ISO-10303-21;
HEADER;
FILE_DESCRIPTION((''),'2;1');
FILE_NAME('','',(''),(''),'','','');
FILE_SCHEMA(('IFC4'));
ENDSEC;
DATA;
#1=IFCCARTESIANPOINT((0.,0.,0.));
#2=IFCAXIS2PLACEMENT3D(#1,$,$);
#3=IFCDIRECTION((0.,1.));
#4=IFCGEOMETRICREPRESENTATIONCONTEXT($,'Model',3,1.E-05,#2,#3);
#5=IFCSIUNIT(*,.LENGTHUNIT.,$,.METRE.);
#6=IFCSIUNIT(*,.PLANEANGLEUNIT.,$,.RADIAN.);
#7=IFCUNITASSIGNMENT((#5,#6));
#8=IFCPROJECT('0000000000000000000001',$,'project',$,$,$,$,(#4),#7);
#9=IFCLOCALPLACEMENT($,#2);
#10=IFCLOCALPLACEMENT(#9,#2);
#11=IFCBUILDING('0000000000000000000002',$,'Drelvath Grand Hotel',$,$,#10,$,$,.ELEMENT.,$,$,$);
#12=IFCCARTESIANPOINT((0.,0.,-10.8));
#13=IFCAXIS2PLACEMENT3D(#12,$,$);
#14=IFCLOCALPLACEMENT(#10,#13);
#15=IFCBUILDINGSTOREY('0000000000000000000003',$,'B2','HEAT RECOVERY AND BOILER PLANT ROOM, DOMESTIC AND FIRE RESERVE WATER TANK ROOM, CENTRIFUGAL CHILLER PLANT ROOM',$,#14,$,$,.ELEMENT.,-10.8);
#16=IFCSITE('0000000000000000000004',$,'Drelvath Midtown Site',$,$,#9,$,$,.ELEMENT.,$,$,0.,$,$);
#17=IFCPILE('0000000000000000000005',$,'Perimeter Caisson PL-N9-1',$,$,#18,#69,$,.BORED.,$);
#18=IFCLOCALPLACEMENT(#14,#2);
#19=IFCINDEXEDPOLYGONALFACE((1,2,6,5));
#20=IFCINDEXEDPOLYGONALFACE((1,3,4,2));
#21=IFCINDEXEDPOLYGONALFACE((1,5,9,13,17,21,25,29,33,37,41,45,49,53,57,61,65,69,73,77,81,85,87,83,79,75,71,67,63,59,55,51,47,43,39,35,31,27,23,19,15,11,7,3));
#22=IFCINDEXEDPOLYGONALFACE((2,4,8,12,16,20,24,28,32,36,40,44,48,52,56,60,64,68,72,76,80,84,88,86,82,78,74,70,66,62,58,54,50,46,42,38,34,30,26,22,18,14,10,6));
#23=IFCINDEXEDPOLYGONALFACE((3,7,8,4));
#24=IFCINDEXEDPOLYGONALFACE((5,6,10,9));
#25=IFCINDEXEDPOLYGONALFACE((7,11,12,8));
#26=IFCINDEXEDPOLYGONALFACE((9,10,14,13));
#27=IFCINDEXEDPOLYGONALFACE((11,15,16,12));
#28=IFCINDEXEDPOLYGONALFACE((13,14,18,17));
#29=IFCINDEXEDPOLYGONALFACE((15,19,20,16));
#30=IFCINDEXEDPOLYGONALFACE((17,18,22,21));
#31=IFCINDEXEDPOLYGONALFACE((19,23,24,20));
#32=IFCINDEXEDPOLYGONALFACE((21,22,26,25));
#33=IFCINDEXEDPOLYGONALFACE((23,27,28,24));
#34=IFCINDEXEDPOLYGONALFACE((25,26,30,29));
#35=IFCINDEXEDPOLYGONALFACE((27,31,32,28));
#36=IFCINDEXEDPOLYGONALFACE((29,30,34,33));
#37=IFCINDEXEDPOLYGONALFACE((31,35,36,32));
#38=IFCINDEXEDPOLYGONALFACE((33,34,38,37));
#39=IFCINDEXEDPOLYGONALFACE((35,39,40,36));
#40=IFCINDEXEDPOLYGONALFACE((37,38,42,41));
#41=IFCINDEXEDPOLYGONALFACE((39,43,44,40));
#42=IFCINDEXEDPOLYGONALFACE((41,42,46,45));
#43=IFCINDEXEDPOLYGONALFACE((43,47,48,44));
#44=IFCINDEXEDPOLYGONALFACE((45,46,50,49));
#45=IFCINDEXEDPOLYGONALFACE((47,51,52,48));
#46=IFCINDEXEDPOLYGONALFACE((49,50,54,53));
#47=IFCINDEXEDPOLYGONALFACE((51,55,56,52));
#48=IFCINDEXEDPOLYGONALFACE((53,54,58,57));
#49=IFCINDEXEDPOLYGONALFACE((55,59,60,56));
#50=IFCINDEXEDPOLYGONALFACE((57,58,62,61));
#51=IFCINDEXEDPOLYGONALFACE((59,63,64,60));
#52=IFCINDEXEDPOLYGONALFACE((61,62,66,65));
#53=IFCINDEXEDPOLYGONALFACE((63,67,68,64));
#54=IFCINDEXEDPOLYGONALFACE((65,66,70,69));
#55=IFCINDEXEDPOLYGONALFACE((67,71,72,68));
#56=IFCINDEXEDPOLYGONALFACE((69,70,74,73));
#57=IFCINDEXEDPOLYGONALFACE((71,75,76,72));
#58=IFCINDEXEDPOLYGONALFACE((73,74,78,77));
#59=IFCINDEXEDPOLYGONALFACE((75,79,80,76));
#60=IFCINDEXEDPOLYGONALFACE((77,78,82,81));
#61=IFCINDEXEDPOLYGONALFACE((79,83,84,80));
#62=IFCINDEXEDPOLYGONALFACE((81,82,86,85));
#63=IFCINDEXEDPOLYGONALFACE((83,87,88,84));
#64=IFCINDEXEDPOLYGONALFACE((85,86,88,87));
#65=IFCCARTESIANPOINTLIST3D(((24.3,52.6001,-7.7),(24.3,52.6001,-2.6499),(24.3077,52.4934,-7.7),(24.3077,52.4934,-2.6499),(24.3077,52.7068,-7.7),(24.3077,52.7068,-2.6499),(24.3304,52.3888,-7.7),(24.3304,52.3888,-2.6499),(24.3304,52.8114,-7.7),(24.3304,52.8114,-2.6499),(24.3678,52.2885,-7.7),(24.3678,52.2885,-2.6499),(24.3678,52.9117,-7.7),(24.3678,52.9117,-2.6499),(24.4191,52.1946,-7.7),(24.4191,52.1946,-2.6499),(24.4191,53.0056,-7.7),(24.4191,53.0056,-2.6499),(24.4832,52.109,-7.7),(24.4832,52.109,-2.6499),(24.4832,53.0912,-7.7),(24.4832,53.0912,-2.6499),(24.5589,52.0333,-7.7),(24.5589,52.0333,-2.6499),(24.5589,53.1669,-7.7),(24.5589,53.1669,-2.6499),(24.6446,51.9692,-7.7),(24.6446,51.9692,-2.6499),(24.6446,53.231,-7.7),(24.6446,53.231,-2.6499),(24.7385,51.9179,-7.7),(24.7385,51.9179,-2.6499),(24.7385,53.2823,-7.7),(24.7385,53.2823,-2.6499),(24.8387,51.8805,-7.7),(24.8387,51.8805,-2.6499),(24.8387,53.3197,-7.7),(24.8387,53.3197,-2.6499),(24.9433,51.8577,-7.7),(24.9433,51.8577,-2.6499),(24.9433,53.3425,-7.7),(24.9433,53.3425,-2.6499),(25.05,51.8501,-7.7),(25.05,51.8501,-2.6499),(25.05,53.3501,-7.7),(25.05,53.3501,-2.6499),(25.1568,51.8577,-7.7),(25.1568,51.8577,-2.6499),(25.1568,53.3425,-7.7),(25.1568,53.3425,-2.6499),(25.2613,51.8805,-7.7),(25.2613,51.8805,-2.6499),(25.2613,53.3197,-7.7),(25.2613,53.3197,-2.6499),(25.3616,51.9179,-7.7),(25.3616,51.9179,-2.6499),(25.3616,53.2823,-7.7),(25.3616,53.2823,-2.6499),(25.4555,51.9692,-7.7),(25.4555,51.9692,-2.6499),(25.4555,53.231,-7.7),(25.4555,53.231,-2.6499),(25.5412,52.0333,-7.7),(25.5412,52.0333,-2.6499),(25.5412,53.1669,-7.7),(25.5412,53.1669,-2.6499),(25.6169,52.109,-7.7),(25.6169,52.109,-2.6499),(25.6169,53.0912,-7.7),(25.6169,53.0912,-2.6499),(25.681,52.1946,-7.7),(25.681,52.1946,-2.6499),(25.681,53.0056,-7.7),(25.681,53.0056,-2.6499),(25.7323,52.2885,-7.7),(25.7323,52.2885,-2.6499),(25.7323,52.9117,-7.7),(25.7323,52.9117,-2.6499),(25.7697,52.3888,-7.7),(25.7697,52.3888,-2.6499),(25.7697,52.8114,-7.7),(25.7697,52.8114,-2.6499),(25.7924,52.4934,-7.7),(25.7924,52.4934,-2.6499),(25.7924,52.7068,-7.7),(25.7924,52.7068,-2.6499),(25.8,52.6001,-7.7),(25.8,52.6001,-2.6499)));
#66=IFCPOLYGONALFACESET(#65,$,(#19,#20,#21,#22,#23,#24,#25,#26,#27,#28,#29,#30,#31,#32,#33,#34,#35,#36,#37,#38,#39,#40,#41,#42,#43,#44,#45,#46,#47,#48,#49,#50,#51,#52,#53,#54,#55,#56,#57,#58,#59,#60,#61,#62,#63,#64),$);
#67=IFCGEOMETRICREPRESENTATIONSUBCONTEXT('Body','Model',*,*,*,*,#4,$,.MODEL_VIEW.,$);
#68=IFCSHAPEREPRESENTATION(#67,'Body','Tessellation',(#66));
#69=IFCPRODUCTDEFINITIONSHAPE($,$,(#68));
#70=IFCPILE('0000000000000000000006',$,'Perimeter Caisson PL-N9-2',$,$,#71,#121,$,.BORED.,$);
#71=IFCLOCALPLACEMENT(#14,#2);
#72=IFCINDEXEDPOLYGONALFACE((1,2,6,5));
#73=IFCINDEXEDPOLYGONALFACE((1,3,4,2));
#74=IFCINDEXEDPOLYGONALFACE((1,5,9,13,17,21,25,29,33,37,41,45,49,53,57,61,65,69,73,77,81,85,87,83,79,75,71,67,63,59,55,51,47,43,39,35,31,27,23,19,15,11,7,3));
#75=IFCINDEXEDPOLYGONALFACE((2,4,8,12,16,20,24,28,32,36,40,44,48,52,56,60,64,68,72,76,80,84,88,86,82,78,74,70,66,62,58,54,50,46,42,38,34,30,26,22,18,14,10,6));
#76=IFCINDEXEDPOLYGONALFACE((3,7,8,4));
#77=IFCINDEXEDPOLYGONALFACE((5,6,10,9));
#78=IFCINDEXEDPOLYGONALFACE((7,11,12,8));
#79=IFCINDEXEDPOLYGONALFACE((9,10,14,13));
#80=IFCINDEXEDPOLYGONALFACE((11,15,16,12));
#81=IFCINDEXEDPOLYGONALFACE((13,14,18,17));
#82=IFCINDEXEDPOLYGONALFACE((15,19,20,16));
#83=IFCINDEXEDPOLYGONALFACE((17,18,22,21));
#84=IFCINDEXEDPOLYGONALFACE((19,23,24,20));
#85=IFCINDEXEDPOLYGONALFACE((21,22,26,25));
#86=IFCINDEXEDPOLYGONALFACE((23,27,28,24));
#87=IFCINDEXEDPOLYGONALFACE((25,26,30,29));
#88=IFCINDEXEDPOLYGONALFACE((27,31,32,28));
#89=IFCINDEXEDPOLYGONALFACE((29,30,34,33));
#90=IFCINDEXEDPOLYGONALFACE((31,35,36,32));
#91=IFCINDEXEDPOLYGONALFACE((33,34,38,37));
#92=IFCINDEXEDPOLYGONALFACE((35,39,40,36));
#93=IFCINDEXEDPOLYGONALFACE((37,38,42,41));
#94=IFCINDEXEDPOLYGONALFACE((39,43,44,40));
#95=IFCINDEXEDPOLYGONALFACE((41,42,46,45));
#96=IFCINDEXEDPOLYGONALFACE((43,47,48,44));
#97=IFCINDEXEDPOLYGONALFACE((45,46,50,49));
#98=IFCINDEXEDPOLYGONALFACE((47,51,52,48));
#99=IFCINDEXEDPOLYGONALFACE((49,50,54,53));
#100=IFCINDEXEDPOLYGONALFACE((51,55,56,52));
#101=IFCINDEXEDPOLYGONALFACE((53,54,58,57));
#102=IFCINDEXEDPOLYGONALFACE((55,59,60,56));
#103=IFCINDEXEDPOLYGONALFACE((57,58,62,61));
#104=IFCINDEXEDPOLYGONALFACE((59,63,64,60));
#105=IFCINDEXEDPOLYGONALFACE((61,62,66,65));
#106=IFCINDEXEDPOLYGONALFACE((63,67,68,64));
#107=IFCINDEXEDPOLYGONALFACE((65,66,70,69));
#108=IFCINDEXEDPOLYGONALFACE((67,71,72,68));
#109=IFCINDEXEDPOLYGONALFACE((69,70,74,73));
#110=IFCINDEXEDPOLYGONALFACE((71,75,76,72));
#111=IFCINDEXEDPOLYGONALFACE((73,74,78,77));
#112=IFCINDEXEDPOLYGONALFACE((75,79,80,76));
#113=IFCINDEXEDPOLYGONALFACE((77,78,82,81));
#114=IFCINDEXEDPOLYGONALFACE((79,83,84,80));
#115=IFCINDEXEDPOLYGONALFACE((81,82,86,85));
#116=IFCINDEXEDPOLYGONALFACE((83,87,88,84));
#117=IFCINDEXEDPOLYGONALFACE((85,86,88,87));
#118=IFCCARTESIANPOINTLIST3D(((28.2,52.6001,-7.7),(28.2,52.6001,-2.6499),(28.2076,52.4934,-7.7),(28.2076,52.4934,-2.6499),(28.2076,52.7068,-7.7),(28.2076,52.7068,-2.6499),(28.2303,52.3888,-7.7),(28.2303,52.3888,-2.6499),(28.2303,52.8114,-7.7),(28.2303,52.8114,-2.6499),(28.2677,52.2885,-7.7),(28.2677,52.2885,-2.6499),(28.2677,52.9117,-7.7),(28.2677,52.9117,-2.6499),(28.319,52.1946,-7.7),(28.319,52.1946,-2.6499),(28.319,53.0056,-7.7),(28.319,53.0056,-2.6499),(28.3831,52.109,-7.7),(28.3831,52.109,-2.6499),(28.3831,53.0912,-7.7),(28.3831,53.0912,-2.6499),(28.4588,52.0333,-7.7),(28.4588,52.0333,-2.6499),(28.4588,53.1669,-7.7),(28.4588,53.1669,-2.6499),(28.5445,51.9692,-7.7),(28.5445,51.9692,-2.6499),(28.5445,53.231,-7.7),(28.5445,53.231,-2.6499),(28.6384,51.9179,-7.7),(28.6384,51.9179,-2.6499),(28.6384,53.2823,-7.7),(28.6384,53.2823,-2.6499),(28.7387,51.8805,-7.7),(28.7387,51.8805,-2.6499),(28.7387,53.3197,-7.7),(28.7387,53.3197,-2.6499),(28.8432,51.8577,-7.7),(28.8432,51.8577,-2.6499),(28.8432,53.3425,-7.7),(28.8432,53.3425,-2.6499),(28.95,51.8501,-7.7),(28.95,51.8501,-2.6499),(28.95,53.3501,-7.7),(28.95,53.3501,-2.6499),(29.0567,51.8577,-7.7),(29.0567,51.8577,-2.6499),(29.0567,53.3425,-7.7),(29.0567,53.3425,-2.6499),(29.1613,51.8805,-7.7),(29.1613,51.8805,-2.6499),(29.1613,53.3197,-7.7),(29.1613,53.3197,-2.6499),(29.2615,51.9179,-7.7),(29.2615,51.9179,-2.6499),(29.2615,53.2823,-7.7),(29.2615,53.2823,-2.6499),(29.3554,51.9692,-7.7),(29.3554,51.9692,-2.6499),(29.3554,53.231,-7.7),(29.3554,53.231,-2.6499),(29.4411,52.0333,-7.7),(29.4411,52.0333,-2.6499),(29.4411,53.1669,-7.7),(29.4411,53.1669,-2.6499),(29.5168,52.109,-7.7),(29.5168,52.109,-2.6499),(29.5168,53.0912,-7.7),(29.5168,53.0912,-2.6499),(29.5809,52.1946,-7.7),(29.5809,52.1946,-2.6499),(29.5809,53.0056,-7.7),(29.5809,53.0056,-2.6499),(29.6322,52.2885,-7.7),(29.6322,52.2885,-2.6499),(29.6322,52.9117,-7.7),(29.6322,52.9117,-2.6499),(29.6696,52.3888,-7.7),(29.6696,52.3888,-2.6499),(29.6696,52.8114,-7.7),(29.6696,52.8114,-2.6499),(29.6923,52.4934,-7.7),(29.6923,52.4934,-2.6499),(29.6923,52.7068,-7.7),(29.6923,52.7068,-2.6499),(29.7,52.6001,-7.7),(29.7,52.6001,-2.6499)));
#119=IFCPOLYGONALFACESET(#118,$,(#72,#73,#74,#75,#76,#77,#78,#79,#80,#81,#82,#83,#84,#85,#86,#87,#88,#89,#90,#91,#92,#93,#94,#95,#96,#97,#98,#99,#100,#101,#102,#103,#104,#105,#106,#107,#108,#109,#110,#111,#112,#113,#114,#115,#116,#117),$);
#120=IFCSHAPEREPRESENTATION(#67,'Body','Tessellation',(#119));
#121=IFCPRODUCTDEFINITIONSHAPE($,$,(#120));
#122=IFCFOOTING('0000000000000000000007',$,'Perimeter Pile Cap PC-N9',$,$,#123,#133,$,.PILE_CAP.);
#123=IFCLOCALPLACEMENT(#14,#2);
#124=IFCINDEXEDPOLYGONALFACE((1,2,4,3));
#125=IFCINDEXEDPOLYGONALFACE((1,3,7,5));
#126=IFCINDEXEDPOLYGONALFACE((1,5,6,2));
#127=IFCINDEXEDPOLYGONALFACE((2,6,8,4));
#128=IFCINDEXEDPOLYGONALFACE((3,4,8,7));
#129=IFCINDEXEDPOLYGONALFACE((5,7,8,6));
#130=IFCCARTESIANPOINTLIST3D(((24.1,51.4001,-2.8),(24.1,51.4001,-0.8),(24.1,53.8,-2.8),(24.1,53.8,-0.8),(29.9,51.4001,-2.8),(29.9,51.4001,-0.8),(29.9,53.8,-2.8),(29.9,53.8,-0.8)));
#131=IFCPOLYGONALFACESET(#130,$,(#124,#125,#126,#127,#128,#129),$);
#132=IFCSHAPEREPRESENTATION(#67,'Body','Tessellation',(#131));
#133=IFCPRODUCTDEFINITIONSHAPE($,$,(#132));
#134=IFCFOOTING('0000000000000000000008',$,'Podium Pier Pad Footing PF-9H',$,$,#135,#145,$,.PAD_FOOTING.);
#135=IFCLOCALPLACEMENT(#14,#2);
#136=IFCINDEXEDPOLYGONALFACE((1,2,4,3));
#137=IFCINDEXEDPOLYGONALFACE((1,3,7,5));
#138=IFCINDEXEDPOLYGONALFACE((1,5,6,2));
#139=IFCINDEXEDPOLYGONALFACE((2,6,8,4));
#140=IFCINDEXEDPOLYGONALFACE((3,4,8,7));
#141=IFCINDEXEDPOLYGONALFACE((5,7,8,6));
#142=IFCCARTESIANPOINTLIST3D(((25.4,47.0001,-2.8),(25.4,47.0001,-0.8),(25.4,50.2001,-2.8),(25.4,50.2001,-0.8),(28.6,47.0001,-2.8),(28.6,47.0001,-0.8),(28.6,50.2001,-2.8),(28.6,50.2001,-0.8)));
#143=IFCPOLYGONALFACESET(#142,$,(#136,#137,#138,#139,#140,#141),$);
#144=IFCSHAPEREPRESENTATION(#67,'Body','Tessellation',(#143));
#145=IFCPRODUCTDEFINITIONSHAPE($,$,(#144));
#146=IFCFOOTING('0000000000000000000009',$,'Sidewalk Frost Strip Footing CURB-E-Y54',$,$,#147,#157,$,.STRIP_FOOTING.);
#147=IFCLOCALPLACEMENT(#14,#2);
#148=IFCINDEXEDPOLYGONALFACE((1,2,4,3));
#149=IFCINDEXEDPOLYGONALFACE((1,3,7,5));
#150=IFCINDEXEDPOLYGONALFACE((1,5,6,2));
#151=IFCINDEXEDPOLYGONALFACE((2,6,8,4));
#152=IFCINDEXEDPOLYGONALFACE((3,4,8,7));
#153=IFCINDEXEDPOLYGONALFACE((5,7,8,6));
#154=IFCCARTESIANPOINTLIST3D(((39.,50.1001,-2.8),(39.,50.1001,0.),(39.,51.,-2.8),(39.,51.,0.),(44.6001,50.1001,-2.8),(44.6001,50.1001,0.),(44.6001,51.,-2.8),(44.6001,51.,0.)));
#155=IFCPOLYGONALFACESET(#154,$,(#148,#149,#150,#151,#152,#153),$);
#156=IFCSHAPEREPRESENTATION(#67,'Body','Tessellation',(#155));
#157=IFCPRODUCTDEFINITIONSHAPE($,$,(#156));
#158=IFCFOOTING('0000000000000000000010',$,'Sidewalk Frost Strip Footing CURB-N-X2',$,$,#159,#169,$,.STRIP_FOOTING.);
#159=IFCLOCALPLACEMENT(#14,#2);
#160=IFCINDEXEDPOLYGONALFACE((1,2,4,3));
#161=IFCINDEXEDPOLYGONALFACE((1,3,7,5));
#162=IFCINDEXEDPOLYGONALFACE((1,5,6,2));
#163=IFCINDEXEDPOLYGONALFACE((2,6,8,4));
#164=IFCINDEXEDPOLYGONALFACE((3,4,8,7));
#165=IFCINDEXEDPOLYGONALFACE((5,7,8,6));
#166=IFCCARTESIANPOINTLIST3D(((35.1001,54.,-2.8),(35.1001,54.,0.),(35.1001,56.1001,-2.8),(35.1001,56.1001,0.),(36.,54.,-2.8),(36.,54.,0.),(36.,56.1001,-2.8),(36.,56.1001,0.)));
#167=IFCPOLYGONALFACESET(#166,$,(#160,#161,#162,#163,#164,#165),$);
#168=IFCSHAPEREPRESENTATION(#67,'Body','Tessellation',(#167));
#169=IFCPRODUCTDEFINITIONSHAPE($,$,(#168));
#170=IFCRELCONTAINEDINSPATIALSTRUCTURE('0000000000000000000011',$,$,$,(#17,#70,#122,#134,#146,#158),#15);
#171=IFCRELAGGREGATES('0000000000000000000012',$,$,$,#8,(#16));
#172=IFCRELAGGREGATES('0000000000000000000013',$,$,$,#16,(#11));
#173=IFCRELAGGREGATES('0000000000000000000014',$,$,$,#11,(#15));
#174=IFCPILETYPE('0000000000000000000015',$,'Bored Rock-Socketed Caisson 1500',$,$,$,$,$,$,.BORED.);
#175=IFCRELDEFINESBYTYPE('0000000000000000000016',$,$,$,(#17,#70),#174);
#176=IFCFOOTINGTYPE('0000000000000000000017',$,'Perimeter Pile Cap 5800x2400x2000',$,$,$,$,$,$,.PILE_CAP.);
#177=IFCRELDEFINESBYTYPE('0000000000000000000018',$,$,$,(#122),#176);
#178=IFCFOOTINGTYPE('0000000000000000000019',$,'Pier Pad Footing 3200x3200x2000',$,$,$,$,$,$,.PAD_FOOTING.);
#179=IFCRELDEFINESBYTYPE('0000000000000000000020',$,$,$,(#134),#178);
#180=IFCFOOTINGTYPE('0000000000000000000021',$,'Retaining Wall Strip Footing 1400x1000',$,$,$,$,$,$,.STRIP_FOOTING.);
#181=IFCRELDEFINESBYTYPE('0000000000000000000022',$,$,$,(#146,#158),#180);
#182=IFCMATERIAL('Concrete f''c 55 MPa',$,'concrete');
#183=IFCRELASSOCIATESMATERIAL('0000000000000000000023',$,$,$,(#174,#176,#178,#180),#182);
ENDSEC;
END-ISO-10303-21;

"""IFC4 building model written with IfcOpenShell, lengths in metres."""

from ifc_helpers import new_model, si_unit, direction, frame, frame_2d, origin, origin_2d, place, context, subcontext, project, spatial, rectangle, circle, extrude, material, material_profile, profile_set, type_object, element, save


model = new_model("IFC4")

# Units and contexts
model_context = context("Model", 3, precision=1e-05, world=origin(), true_north=direction((0.0, 1.0)))
body_context = subcontext(model_context, "Body", "Model", "MODEL_VIEW")
ifc_project = project(units=[si_unit("LENGTHUNIT", "METRE"), si_unit("PLANEANGLEUNIT", "RADIAN")], contexts=[model_context])

# Site, building, storey
site_placement = place(None, origin())
site = spatial("IfcSite", under=ifc_project, at=site_placement, Name="Drelvath Midtown Site", CompositionType="ELEMENT", RefElevation=0.0)
building_placement = place(site_placement, origin())
building = spatial("IfcBuilding", under=site, at=building_placement, Name="Drelvath Grand Hotel", CompositionType="ELEMENT")
storey_placement = place(building_placement, frame((0.0, 0.0, -10.8)))
storey = spatial("IfcBuildingStorey", under=building, at=storey_placement, Name="B2", Description="HEAT RECOVERY AND BOILER PLANT ROOM, DOMESTIC AND FIRE RESERVE WATER TANK ROOM, CENTRIFUGAL CHILLER PLANT ROOM", CompositionType="ELEMENT", Elevation=-10.8)

# Piles
ifc_material_1 = material(Name="Concrete f'c 55 MPa", Category="concrete")
ifc_material_profile_1 = material_profile(ifc_material_1, circle(Radius=0.75, at=origin_2d()), Name="CAISSON1500")
ifc_profile_set_1 = profile_set([ifc_material_profile_1], Name="Concrete f'c 55 MPa")
pile_type = type_object("IfcPileType", Name="Bored Rock-Socketed Caisson 1500", PredefinedType="BORED", material=ifc_profile_set_1)
for number, where, z_axis, x_axis, name in (
    (1, (25.05, 52.6001, -2.6499), (0.0, 0.0, -1.0), (1.0, 0.0, 0.0), "Perimeter Caisson PL-N9-1"),
    (2, (28.95, 52.6001, -2.6499), (0.0, 0.0, -1.0), (1.0, 0.0, 0.0), "Perimeter Caisson PL-N9-2"),
):
    element("IfcPile", number, at=place(storey_placement, frame(where, z_axis=z_axis, x_axis=x_axis)), inside=storey, type_object=pile_type, Name=name, PredefinedType="BORED", context=body_context, shape_type="SweptSolid", body=[
        extrude(circle(Radius=0.75, at=origin_2d()), origin(), (0.0, 0.0, 1.0), 5.05),
    ])

# Footings
footing_type_1 = type_object("IfcFootingType", Name="Perimeter Pile Cap 5800x2400x2000", PredefinedType="PILE_CAP", material=ifc_material_1)
footing_1_placement = place(storey_placement, frame((27.0, 52.6001, -2.8), z_axis=(0.0, 0.0, 1.0), x_axis=(1.0, 0.0, 0.0)))
element("IfcFooting", 3, at=footing_1_placement, inside=storey, type_object=footing_type_1, Name="Perimeter Pile Cap PC-N9", PredefinedType="PILE_CAP", context=body_context, shape_type="SweptSolid", body=[
    extrude(rectangle(XDim=5.8, YDim=2.3999, at=origin_2d()), origin(), (0.0, 0.0, 1.0), 2.0),
])
footing_type_2 = type_object("IfcFootingType", Name="Pier Pad Footing 3200x3200x2000", PredefinedType="PAD_FOOTING", material=ifc_material_1)
footing_2_placement = place(storey_placement, frame((27.0, 48.6001, -2.8), z_axis=(0.0, 0.0, 1.0), x_axis=(1.0, 0.0, 0.0)))
element("IfcFooting", 4, at=footing_2_placement, inside=storey, type_object=footing_type_2, Name="Podium Pier Pad Footing PF-9H", PredefinedType="PAD_FOOTING", context=body_context, shape_type="SweptSolid", body=[
    extrude(rectangle(XDim=3.2, YDim=3.2, at=origin_2d()), origin(), (0.0, 0.0, 1.0), 2.0),
])
footing_type_3 = type_object("IfcFootingType", Name="Retaining Wall Strip Footing 1400x1000", PredefinedType="STRIP_FOOTING", material=ifc_material_1)
footing_3_placement = place(storey_placement, frame((39.0, 50.55, -2.8), z_axis=(0.0, 0.0, 1.0), x_axis=(1.0, 0.0, 0.0)))
element("IfcFooting", 5, at=footing_3_placement, inside=storey, type_object=footing_type_3, Name="Sidewalk Frost Strip Footing CURB-E-Y54", PredefinedType="STRIP_FOOTING", context=body_context, shape_type="SweptSolid", body=[
    extrude(rectangle(XDim=5.6001, YDim=0.8999, at=frame_2d((2.8, 0.0))), origin(), (0.0, 0.0, 1.0), 2.8),
])
footing_4_placement = place(storey_placement, frame((35.55, 54.0, -2.8), z_axis=(0.0, 0.0, 1.0), x_axis=(0.0, 1.0, 0.0)))
element("IfcFooting", 6, at=footing_4_placement, inside=storey, type_object=footing_type_3, Name="Sidewalk Frost Strip Footing CURB-N-X2", PredefinedType="STRIP_FOOTING", context=body_context, shape_type="SweptSolid", body=[
    extrude(rectangle(XDim=2.1001, YDim=0.8999, at=frame_2d((1.05, 0.0))), origin(), (0.0, 0.0, 1.0), 2.8),
])

save(model, "model.ifc")
